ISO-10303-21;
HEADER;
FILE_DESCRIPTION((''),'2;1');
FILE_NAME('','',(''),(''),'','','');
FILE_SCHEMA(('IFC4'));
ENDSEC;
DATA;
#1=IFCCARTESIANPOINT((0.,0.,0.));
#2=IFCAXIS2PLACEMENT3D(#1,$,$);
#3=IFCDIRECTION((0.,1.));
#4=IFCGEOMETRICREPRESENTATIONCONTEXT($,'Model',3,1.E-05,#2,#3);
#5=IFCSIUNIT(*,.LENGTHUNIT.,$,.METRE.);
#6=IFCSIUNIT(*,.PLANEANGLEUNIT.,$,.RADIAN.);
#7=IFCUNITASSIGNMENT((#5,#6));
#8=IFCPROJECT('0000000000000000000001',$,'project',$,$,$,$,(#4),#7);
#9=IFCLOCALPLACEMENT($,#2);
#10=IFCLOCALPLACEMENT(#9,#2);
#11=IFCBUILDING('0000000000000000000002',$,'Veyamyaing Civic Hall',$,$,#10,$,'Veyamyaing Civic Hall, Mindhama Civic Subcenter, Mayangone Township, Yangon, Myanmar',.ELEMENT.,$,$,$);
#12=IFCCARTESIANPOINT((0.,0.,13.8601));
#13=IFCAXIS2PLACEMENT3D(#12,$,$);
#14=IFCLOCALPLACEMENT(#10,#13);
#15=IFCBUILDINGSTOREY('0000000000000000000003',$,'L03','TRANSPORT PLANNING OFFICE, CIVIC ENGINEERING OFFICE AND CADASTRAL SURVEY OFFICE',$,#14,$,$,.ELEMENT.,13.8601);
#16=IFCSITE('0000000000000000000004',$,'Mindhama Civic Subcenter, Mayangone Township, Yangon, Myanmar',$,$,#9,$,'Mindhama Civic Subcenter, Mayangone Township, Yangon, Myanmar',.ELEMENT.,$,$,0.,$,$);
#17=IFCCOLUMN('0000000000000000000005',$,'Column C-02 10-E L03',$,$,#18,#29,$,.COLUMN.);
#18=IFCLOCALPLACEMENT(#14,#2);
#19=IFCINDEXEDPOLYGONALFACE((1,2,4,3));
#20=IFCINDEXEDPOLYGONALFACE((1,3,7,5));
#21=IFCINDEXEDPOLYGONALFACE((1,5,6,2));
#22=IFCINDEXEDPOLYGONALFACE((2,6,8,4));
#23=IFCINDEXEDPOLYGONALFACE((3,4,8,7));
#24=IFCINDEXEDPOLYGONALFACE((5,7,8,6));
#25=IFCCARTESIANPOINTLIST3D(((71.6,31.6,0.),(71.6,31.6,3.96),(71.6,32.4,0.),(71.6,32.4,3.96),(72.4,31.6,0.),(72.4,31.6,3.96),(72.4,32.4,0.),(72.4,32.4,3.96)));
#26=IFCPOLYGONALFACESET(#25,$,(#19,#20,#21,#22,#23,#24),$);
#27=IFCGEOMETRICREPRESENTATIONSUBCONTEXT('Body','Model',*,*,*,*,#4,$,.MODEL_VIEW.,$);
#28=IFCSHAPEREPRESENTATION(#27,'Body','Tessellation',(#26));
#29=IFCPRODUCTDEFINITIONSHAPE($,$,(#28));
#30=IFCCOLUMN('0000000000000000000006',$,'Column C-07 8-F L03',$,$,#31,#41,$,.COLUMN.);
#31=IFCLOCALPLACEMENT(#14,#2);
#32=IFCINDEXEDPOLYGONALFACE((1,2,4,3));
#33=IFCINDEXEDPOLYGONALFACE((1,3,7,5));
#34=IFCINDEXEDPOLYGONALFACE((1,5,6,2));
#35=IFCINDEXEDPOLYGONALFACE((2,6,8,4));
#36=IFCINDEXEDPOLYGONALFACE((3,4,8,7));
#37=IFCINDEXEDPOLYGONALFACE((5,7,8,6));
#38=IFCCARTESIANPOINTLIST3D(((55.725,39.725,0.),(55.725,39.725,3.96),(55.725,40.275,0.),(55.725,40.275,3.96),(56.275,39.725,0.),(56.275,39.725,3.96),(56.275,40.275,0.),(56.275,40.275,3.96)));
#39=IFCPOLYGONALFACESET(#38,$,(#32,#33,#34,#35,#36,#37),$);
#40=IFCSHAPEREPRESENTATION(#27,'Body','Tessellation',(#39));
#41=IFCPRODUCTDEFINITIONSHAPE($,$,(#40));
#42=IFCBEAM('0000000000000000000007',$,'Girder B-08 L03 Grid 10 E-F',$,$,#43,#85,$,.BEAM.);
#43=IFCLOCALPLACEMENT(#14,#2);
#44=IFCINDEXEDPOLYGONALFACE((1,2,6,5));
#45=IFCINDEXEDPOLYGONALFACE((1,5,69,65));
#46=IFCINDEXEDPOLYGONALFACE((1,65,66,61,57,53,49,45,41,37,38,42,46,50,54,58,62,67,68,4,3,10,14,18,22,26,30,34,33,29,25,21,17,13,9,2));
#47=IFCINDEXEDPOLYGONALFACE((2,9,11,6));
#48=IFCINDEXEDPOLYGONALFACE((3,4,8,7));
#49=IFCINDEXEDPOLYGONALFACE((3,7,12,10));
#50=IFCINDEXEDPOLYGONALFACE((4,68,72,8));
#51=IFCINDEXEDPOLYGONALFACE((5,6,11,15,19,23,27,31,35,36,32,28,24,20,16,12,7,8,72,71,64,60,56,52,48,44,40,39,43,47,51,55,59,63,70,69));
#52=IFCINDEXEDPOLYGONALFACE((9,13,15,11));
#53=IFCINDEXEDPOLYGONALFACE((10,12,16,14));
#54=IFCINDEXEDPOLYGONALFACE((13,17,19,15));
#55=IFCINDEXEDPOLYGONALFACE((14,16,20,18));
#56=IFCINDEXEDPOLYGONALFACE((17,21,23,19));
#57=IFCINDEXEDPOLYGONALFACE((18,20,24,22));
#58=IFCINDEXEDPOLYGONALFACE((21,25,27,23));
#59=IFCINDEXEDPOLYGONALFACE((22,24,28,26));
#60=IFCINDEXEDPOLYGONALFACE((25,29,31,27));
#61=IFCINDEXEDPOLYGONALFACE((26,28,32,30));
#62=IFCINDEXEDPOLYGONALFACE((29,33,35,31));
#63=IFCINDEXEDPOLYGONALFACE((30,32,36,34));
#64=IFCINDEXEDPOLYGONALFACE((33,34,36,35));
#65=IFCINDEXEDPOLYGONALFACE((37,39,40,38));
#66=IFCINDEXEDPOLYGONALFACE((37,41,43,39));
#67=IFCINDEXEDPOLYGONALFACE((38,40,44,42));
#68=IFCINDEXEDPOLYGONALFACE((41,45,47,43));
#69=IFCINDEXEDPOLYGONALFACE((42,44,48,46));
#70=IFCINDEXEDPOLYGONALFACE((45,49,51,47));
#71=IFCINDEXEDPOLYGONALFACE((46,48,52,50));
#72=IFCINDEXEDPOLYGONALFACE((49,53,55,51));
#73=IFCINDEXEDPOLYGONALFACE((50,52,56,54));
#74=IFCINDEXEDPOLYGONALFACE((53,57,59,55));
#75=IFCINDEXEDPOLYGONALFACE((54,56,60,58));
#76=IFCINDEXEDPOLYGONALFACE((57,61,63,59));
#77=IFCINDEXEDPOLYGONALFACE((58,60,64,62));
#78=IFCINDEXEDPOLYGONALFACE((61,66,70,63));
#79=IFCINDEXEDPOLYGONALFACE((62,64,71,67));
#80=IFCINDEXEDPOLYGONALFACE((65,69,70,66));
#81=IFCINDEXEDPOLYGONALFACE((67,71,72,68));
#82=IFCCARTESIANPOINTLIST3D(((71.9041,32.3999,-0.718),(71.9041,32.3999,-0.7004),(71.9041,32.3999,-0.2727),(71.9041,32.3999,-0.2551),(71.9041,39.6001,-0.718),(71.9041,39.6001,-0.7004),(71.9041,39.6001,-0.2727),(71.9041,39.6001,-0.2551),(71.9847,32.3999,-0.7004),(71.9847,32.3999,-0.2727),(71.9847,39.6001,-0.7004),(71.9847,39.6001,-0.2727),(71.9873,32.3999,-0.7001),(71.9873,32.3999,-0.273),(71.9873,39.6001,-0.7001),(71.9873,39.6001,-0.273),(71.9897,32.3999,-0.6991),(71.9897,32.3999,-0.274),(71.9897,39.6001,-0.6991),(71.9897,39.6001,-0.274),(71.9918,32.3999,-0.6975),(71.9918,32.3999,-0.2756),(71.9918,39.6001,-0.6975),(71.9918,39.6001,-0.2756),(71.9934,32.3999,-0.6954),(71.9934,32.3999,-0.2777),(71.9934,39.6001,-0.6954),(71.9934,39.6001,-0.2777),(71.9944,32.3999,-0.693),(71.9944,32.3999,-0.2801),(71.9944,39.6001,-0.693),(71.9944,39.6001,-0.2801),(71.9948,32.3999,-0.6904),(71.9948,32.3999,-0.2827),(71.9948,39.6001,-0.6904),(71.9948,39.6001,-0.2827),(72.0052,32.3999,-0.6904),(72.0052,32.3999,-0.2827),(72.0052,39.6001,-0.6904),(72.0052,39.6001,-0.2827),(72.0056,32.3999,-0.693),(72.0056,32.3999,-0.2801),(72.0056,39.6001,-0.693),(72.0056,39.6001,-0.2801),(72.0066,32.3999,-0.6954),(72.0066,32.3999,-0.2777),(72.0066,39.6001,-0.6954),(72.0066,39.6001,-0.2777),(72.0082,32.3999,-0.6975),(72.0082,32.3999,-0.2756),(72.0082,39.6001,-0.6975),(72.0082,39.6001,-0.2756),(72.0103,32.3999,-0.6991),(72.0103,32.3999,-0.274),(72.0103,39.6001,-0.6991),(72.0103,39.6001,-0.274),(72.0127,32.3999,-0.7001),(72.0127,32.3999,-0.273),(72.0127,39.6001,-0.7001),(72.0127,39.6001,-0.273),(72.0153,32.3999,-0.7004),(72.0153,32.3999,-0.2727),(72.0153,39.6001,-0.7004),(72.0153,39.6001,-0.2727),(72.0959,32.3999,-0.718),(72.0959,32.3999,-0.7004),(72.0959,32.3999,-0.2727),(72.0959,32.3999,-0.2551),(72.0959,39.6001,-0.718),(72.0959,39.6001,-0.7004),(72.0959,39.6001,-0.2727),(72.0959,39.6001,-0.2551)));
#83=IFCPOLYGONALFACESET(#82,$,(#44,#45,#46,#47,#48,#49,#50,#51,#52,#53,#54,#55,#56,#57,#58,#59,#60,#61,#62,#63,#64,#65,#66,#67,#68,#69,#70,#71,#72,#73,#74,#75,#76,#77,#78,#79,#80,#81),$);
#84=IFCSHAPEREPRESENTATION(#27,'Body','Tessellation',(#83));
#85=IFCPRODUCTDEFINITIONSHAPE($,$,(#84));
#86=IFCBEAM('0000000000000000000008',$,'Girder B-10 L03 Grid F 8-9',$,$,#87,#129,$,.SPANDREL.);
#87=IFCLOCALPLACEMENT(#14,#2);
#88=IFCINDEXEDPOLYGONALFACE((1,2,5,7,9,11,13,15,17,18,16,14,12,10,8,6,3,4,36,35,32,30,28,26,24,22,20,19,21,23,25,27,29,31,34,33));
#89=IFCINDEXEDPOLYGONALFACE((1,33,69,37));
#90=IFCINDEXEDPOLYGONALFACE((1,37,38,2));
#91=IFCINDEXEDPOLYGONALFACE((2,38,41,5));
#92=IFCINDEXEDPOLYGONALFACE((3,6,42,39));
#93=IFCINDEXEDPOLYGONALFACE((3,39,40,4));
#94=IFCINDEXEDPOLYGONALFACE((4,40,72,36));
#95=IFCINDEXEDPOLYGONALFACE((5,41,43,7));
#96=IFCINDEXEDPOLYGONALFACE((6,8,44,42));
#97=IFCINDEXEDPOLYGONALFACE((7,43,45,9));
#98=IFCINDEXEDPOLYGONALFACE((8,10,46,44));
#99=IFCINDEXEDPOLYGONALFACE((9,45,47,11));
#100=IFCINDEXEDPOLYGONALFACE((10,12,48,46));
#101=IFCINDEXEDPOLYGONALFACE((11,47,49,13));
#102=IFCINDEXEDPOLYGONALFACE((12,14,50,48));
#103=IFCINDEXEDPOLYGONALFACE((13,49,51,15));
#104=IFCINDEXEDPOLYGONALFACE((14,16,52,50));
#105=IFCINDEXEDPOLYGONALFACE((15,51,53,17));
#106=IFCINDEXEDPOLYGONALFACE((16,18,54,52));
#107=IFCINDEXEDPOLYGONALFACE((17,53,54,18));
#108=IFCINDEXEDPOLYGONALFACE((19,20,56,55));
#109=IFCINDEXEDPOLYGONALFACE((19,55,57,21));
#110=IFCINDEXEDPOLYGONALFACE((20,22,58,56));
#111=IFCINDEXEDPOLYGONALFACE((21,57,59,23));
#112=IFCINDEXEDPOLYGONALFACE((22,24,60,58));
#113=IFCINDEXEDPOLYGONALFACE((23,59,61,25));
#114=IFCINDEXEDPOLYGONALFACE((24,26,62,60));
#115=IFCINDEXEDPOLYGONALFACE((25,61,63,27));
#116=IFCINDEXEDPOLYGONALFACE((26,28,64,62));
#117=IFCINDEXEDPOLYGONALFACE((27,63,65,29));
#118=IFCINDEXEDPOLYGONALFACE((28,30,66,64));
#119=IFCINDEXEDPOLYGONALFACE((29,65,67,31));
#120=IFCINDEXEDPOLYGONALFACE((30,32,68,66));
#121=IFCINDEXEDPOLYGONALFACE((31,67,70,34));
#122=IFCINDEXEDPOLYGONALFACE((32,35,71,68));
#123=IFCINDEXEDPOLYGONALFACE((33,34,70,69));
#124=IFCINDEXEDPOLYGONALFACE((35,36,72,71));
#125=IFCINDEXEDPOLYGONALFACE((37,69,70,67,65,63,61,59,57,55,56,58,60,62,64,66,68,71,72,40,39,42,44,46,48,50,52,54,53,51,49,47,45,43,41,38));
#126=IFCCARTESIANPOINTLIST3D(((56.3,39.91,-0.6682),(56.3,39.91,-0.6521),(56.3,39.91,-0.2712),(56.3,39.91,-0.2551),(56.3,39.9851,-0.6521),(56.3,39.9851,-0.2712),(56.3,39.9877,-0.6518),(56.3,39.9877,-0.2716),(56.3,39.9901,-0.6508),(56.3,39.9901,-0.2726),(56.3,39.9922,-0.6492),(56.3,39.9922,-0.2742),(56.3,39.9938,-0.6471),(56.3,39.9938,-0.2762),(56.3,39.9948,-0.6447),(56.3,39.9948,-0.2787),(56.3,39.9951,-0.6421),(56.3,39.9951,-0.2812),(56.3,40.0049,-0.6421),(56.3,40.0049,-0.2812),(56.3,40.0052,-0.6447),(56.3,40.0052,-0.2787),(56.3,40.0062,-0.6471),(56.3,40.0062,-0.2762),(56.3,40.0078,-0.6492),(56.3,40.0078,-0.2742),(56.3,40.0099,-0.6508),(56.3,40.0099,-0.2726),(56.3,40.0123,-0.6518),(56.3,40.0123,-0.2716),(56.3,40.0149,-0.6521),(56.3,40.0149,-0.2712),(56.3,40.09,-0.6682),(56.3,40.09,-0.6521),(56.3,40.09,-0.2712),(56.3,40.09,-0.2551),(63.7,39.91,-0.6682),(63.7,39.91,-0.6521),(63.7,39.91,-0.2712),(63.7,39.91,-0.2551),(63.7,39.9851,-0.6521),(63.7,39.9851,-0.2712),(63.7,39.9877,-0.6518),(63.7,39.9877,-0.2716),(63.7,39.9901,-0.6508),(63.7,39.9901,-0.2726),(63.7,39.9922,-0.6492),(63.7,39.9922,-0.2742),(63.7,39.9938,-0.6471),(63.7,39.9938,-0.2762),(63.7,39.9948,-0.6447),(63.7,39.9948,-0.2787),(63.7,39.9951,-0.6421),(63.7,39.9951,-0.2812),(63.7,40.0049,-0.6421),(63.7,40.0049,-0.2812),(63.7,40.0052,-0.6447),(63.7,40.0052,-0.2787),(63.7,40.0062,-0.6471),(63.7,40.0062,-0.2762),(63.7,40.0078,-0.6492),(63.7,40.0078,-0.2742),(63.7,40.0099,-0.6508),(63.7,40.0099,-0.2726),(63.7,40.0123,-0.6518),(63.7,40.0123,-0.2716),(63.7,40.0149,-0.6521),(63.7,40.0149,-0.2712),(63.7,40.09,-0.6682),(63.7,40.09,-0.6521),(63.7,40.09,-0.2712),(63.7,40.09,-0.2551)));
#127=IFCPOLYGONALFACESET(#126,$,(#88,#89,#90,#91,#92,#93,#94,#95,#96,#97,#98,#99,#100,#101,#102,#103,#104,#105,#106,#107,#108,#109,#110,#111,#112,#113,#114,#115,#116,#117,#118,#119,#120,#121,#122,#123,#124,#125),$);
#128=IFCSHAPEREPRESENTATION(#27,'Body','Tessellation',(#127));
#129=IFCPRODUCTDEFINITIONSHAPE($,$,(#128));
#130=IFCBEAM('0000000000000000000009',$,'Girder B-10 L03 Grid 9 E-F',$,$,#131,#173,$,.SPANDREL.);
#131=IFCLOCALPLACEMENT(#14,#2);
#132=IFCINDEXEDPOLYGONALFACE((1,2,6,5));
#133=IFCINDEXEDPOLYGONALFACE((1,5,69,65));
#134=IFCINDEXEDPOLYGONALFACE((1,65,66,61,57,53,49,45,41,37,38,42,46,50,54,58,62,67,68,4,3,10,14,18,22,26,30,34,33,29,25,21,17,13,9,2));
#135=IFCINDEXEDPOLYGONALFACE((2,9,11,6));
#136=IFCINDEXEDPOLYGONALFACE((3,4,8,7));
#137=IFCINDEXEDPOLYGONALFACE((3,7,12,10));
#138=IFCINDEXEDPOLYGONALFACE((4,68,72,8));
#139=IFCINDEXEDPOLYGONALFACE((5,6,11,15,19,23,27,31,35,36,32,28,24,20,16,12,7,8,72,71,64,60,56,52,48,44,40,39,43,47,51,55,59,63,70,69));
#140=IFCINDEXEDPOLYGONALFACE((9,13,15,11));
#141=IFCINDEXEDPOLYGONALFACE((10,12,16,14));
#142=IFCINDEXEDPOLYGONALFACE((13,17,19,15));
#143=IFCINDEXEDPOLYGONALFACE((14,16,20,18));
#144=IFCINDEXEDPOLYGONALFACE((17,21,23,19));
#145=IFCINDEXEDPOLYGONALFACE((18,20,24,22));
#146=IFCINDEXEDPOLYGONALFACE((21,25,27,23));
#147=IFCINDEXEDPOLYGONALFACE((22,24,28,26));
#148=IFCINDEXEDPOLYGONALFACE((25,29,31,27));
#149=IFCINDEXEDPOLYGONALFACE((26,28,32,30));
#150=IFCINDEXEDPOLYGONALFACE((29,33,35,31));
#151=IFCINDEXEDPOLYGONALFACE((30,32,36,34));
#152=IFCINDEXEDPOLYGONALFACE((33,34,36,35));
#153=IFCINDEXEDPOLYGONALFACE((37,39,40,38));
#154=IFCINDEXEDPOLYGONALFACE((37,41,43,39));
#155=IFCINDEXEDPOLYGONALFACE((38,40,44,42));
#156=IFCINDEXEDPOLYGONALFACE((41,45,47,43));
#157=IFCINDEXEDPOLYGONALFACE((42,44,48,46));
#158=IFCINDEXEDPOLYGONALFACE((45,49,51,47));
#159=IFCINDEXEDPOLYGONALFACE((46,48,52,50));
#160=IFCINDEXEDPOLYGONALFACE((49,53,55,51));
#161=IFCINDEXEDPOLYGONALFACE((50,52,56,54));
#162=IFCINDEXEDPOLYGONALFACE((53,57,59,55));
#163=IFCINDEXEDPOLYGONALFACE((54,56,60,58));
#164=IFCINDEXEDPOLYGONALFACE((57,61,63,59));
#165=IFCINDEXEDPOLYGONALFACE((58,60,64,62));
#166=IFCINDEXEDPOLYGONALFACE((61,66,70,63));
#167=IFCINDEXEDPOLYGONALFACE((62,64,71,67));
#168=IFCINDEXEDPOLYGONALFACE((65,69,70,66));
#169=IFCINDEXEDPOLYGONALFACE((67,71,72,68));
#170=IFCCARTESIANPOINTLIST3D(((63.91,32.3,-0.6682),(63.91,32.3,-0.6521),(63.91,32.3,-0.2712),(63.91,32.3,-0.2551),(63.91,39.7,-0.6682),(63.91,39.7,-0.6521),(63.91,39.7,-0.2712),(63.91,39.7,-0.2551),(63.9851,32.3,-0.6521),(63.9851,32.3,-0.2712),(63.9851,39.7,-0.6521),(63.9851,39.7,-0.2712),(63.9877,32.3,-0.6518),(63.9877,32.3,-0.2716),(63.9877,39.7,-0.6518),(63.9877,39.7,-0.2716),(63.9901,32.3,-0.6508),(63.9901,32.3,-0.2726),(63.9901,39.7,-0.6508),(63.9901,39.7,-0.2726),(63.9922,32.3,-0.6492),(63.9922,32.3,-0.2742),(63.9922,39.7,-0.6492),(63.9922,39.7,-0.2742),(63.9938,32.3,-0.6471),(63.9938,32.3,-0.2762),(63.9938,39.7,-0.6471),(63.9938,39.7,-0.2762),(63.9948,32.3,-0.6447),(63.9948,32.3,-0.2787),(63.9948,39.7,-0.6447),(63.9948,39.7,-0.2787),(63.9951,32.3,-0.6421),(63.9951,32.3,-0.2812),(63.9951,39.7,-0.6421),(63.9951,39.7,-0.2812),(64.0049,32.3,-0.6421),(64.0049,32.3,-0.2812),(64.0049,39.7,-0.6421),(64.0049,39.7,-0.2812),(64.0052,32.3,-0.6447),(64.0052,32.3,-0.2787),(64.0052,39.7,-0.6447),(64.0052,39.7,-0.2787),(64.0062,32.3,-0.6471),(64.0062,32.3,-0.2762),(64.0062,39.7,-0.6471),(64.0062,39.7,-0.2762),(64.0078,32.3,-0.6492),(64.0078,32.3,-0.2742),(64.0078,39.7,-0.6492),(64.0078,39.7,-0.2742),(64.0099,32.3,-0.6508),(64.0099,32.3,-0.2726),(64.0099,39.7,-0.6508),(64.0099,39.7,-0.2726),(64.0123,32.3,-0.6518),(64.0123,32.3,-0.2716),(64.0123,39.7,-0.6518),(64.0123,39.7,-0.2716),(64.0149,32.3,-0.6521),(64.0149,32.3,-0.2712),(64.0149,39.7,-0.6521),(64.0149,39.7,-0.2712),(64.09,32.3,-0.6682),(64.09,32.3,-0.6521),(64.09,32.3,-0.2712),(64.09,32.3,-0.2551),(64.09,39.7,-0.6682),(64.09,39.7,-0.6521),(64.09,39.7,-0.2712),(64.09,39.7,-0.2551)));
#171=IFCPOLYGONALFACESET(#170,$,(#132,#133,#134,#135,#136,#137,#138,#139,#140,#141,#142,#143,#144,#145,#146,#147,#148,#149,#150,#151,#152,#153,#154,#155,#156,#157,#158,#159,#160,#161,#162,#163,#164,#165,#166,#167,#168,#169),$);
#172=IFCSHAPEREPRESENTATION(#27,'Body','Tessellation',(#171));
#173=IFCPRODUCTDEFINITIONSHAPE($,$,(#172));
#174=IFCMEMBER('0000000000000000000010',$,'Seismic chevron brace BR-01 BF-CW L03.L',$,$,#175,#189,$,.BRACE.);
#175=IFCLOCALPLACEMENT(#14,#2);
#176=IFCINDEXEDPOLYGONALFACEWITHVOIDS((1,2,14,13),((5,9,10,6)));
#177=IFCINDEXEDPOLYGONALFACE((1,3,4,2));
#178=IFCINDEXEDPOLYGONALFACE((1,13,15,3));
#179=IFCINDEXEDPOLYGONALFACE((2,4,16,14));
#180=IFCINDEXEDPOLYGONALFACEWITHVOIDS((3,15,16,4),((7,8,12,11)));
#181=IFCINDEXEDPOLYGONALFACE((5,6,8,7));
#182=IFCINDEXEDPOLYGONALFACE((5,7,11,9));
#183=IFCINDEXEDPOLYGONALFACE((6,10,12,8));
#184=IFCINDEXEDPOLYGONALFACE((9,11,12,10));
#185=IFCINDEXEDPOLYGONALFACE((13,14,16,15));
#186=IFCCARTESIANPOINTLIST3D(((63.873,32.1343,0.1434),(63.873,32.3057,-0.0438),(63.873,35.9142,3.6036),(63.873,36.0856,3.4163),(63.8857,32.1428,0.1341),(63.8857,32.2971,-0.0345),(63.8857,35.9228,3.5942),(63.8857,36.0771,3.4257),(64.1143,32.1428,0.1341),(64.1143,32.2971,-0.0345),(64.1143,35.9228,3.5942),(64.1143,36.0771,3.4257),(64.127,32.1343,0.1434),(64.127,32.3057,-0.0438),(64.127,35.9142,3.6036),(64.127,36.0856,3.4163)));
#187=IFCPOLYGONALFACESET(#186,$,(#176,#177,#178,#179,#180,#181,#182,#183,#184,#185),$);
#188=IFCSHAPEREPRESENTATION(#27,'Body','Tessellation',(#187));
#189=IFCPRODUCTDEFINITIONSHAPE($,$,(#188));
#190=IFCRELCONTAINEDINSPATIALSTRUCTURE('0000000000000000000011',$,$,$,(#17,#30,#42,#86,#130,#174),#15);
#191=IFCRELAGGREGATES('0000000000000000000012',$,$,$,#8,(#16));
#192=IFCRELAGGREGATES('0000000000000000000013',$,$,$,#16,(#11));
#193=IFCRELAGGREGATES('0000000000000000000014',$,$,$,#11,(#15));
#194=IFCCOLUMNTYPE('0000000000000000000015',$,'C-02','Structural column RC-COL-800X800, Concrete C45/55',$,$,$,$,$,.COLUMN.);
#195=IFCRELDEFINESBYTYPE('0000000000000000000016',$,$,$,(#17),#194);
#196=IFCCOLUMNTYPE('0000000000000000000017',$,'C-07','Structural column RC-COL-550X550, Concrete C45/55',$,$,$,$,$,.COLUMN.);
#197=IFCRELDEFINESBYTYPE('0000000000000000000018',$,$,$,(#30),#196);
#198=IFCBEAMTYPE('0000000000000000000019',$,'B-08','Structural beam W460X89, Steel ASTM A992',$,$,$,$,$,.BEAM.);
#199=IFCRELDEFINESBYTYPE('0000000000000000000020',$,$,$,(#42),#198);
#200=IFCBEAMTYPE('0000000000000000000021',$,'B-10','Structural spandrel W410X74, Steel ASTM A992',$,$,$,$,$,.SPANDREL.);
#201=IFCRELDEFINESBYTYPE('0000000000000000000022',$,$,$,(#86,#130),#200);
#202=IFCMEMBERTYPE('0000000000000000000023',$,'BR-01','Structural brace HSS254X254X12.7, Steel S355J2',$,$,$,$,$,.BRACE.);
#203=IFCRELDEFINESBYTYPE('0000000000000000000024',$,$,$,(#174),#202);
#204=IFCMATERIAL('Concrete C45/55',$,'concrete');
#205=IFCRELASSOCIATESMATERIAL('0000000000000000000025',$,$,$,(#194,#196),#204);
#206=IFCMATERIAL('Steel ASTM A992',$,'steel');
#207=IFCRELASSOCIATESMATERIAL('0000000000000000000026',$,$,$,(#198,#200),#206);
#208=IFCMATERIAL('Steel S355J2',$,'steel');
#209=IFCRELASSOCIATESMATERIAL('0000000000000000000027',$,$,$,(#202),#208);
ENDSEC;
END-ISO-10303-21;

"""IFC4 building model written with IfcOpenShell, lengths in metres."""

from ifc_helpers import new_model, si_unit, direction, frame, origin, origin_2d, place, context, subcontext, project, spatial, rectangle, hollow_rectangle, i_section, extrude, material, material_profile, profile_set, type_object, element, save


model = new_model("IFC4")

# Units and contexts
model_context = context("Model", 3, precision=1e-05, world=origin(), true_north=direction((0.0, 1.0)))
body_context = subcontext(model_context, "Body", "Model", "MODEL_VIEW")
ifc_project = project(units=[si_unit("LENGTHUNIT", "METRE"), si_unit("PLANEANGLEUNIT", "RADIAN")], contexts=[model_context])

# Site, building, storey
site_placement = place(None, origin())
site = spatial("IfcSite", under=ifc_project, at=site_placement, Name="Mindhama Civic Subcenter, Mayangone Township, Yangon, Myanmar", LongName="Mindhama Civic Subcenter, Mayangone Township, Yangon, Myanmar", CompositionType="ELEMENT", RefElevation=0.0)
building_placement = place(site_placement, origin())
building = spatial("IfcBuilding", under=site, at=building_placement, Name="Veyamyaing Civic Hall", LongName="Veyamyaing Civic Hall, Mindhama Civic Subcenter, Mayangone Township, Yangon, Myanmar", CompositionType="ELEMENT")
storey_placement = place(building_placement, frame((0.0, 0.0, 13.8601)))
storey = spatial("IfcBuildingStorey", under=building, at=storey_placement, Name="L03", Description="TRANSPORT PLANNING OFFICE, CIVIC ENGINEERING OFFICE AND CADASTRAL SURVEY OFFICE", CompositionType="ELEMENT", Elevation=13.8601)

# Columns
ifc_material_1 = material(Name="Concrete C45/55", Category="concrete")
ifc_material_profile_1 = material_profile(ifc_material_1, rectangle(XDim=0.8, YDim=0.8, at=origin_2d()), Name="RC-COL-800X800")
ifc_profile_set_1 = profile_set([ifc_material_profile_1], Name="Concrete C45/55")
column_type_1 = type_object("IfcColumnType", Name="C-02", Description="Structural column RC-COL-800X800, Concrete C45/55", PredefinedType="COLUMN", material=ifc_profile_set_1)
column_1_placement = place(storey_placement, frame((72.0, 32.0, 0.0), z_axis=(0.0, 0.0, 1.0), x_axis=(1.0, 0.0, 0.0)))
element("IfcColumn", 1, at=column_1_placement, inside=storey, type_object=column_type_1, Name="Column C-02 10-E L03", PredefinedType="COLUMN", context=body_context, shape_type="SweptSolid", body=[
    extrude(rectangle(XDim=0.8, YDim=0.8, at=origin_2d()), origin(), (0.0, 0.0, 1.0), 3.96),
])
ifc_material_profile_2 = material_profile(ifc_material_1, rectangle(XDim=0.55, YDim=0.55, at=origin_2d()), Name="RC-COL-550X550")
ifc_profile_set_2 = profile_set([ifc_material_profile_2], Name="Concrete C45/55")
column_type_2 = type_object("IfcColumnType", Name="C-07", Description="Structural column RC-COL-550X550, Concrete C45/55", PredefinedType="COLUMN", material=ifc_profile_set_2)
column_2_placement = place(storey_placement, frame((56.0, 40.0, 0.0), z_axis=(0.0, 0.0, 1.0), x_axis=(1.0, 0.0, 0.0)))
element("IfcColumn", 2, at=column_2_placement, inside=storey, type_object=column_type_2, Name="Column C-07 8-F L03", PredefinedType="COLUMN", context=body_context, shape_type="SweptSolid", body=[
    extrude(rectangle(XDim=0.55, YDim=0.55, at=origin_2d()), origin(), (0.0, 0.0, 1.0), 3.96),
])

# Beams
ifc_material_2 = material(Name="Steel ASTM A992", Category="steel")
ifc_material_profile_3 = material_profile(ifc_material_2, i_section(OverallWidth=0.1919, OverallDepth=0.4629, WebThickness=0.0105, FlangeThickness=0.0176, FilletRadius=0.01, at=origin_2d()), Name="W460X89")
ifc_profile_set_3 = profile_set([ifc_material_profile_3], Name="Steel ASTM A992")
beam_type_1 = type_object("IfcBeamType", Name="B-08", Description="Structural beam W460X89, Steel ASTM A992", PredefinedType="BEAM", material=ifc_profile_set_3)
beam_placement = place(storey_placement, frame((72.0, 32.3999, -0.4866), z_axis=(0.0, 1.0, 0.0), x_axis=(-1.0, 0.0, 0.0)))
element("IfcBeam", 3, at=beam_placement, inside=storey, type_object=beam_type_1, Name="Girder B-08 L03 Grid 10 E-F", PredefinedType="BEAM", context=body_context, shape_type="SweptSolid", body=[
    extrude(i_section(OverallWidth=0.1919, OverallDepth=0.4629, WebThickness=0.0105, FlangeThickness=0.0176, FilletRadius=0.01, at=origin_2d()), origin(), (0.0, 0.0, 1.0), 7.2002),
])
ifc_material_profile_4 = material_profile(ifc_material_2, i_section(OverallWidth=0.1799, OverallDepth=0.4131, WebThickness=0.0098, FlangeThickness=0.0161, FilletRadius=0.01, at=origin_2d()), Name="W410X74")
ifc_profile_set_4 = profile_set([ifc_material_profile_4], Name="Steel ASTM A992")
beam_type_2 = type_object("IfcBeamType", Name="B-10", Description="Structural spandrel W410X74, Steel ASTM A992", PredefinedType="SPANDREL", material=ifc_profile_set_4)
for number, where, z_axis, x_axis, name in (
    (4, (56.3, 40.0, -0.4617), (1.0, 0.0, 0.0), (0.0, 1.0, 0.0), "Girder B-10 L03 Grid F 8-9"),
    (5, (64.0, 32.3, -0.4617), (0.0, 1.0, 0.0), (-1.0, 0.0, 0.0), "Girder B-10 L03 Grid 9 E-F"),
):
    element("IfcBeam", number, at=place(storey_placement, frame(where, z_axis=z_axis, x_axis=x_axis)), inside=storey, type_object=beam_type_2, Name=name, PredefinedType="SPANDREL", context=body_context, shape_type="SweptSolid", body=[
        extrude(i_section(OverallWidth=0.1799, OverallDepth=0.4131, WebThickness=0.0098, FlangeThickness=0.0161, FilletRadius=0.01, at=origin_2d()), origin(), (0.0, 0.0, 1.0), 7.3999),
    ])

# Member
ifc_material_3 = material(Name="Steel S355J2", Category="steel")
ifc_material_profile_5 = material_profile(ifc_material_3, hollow_rectangle(XDim=0.2539, YDim=0.2539, WallThickness=0.0127, at=origin_2d()), Name="HSS254X254X12.7")
ifc_profile_set_5 = profile_set([ifc_material_profile_5], Name="Steel S355J2")
member_type_1 = type_object("IfcMemberType", Name="BR-01", Description="Structural brace HSS254X254X12.7, Steel S355J2", PredefinedType="BRACE", material=ifc_profile_set_5)
for number, where, z_axis, x_axis, name in (
    (6, (64.0, 32.22, 0.0498), (0.0, 0.737623, 0.675213), (-1.0, 0.0, 0.0), "Seismic chevron brace BR-01 BF-CW L03.L"),
):
    element("IfcMember", number, at=place(storey_placement, frame(where, z_axis=z_axis, x_axis=x_axis)), inside=storey, type_object=member_type_1, Name=name, PredefinedType="BRACE", context=body_context, shape_type="SweptSolid", body=[
        extrude(hollow_rectangle(XDim=0.2539, YDim=0.2539, WallThickness=0.0127, at=origin_2d()), origin(), (0.0, 0.0, 1.0), 5.1245),
    ])

save(model, "model.ifc")
